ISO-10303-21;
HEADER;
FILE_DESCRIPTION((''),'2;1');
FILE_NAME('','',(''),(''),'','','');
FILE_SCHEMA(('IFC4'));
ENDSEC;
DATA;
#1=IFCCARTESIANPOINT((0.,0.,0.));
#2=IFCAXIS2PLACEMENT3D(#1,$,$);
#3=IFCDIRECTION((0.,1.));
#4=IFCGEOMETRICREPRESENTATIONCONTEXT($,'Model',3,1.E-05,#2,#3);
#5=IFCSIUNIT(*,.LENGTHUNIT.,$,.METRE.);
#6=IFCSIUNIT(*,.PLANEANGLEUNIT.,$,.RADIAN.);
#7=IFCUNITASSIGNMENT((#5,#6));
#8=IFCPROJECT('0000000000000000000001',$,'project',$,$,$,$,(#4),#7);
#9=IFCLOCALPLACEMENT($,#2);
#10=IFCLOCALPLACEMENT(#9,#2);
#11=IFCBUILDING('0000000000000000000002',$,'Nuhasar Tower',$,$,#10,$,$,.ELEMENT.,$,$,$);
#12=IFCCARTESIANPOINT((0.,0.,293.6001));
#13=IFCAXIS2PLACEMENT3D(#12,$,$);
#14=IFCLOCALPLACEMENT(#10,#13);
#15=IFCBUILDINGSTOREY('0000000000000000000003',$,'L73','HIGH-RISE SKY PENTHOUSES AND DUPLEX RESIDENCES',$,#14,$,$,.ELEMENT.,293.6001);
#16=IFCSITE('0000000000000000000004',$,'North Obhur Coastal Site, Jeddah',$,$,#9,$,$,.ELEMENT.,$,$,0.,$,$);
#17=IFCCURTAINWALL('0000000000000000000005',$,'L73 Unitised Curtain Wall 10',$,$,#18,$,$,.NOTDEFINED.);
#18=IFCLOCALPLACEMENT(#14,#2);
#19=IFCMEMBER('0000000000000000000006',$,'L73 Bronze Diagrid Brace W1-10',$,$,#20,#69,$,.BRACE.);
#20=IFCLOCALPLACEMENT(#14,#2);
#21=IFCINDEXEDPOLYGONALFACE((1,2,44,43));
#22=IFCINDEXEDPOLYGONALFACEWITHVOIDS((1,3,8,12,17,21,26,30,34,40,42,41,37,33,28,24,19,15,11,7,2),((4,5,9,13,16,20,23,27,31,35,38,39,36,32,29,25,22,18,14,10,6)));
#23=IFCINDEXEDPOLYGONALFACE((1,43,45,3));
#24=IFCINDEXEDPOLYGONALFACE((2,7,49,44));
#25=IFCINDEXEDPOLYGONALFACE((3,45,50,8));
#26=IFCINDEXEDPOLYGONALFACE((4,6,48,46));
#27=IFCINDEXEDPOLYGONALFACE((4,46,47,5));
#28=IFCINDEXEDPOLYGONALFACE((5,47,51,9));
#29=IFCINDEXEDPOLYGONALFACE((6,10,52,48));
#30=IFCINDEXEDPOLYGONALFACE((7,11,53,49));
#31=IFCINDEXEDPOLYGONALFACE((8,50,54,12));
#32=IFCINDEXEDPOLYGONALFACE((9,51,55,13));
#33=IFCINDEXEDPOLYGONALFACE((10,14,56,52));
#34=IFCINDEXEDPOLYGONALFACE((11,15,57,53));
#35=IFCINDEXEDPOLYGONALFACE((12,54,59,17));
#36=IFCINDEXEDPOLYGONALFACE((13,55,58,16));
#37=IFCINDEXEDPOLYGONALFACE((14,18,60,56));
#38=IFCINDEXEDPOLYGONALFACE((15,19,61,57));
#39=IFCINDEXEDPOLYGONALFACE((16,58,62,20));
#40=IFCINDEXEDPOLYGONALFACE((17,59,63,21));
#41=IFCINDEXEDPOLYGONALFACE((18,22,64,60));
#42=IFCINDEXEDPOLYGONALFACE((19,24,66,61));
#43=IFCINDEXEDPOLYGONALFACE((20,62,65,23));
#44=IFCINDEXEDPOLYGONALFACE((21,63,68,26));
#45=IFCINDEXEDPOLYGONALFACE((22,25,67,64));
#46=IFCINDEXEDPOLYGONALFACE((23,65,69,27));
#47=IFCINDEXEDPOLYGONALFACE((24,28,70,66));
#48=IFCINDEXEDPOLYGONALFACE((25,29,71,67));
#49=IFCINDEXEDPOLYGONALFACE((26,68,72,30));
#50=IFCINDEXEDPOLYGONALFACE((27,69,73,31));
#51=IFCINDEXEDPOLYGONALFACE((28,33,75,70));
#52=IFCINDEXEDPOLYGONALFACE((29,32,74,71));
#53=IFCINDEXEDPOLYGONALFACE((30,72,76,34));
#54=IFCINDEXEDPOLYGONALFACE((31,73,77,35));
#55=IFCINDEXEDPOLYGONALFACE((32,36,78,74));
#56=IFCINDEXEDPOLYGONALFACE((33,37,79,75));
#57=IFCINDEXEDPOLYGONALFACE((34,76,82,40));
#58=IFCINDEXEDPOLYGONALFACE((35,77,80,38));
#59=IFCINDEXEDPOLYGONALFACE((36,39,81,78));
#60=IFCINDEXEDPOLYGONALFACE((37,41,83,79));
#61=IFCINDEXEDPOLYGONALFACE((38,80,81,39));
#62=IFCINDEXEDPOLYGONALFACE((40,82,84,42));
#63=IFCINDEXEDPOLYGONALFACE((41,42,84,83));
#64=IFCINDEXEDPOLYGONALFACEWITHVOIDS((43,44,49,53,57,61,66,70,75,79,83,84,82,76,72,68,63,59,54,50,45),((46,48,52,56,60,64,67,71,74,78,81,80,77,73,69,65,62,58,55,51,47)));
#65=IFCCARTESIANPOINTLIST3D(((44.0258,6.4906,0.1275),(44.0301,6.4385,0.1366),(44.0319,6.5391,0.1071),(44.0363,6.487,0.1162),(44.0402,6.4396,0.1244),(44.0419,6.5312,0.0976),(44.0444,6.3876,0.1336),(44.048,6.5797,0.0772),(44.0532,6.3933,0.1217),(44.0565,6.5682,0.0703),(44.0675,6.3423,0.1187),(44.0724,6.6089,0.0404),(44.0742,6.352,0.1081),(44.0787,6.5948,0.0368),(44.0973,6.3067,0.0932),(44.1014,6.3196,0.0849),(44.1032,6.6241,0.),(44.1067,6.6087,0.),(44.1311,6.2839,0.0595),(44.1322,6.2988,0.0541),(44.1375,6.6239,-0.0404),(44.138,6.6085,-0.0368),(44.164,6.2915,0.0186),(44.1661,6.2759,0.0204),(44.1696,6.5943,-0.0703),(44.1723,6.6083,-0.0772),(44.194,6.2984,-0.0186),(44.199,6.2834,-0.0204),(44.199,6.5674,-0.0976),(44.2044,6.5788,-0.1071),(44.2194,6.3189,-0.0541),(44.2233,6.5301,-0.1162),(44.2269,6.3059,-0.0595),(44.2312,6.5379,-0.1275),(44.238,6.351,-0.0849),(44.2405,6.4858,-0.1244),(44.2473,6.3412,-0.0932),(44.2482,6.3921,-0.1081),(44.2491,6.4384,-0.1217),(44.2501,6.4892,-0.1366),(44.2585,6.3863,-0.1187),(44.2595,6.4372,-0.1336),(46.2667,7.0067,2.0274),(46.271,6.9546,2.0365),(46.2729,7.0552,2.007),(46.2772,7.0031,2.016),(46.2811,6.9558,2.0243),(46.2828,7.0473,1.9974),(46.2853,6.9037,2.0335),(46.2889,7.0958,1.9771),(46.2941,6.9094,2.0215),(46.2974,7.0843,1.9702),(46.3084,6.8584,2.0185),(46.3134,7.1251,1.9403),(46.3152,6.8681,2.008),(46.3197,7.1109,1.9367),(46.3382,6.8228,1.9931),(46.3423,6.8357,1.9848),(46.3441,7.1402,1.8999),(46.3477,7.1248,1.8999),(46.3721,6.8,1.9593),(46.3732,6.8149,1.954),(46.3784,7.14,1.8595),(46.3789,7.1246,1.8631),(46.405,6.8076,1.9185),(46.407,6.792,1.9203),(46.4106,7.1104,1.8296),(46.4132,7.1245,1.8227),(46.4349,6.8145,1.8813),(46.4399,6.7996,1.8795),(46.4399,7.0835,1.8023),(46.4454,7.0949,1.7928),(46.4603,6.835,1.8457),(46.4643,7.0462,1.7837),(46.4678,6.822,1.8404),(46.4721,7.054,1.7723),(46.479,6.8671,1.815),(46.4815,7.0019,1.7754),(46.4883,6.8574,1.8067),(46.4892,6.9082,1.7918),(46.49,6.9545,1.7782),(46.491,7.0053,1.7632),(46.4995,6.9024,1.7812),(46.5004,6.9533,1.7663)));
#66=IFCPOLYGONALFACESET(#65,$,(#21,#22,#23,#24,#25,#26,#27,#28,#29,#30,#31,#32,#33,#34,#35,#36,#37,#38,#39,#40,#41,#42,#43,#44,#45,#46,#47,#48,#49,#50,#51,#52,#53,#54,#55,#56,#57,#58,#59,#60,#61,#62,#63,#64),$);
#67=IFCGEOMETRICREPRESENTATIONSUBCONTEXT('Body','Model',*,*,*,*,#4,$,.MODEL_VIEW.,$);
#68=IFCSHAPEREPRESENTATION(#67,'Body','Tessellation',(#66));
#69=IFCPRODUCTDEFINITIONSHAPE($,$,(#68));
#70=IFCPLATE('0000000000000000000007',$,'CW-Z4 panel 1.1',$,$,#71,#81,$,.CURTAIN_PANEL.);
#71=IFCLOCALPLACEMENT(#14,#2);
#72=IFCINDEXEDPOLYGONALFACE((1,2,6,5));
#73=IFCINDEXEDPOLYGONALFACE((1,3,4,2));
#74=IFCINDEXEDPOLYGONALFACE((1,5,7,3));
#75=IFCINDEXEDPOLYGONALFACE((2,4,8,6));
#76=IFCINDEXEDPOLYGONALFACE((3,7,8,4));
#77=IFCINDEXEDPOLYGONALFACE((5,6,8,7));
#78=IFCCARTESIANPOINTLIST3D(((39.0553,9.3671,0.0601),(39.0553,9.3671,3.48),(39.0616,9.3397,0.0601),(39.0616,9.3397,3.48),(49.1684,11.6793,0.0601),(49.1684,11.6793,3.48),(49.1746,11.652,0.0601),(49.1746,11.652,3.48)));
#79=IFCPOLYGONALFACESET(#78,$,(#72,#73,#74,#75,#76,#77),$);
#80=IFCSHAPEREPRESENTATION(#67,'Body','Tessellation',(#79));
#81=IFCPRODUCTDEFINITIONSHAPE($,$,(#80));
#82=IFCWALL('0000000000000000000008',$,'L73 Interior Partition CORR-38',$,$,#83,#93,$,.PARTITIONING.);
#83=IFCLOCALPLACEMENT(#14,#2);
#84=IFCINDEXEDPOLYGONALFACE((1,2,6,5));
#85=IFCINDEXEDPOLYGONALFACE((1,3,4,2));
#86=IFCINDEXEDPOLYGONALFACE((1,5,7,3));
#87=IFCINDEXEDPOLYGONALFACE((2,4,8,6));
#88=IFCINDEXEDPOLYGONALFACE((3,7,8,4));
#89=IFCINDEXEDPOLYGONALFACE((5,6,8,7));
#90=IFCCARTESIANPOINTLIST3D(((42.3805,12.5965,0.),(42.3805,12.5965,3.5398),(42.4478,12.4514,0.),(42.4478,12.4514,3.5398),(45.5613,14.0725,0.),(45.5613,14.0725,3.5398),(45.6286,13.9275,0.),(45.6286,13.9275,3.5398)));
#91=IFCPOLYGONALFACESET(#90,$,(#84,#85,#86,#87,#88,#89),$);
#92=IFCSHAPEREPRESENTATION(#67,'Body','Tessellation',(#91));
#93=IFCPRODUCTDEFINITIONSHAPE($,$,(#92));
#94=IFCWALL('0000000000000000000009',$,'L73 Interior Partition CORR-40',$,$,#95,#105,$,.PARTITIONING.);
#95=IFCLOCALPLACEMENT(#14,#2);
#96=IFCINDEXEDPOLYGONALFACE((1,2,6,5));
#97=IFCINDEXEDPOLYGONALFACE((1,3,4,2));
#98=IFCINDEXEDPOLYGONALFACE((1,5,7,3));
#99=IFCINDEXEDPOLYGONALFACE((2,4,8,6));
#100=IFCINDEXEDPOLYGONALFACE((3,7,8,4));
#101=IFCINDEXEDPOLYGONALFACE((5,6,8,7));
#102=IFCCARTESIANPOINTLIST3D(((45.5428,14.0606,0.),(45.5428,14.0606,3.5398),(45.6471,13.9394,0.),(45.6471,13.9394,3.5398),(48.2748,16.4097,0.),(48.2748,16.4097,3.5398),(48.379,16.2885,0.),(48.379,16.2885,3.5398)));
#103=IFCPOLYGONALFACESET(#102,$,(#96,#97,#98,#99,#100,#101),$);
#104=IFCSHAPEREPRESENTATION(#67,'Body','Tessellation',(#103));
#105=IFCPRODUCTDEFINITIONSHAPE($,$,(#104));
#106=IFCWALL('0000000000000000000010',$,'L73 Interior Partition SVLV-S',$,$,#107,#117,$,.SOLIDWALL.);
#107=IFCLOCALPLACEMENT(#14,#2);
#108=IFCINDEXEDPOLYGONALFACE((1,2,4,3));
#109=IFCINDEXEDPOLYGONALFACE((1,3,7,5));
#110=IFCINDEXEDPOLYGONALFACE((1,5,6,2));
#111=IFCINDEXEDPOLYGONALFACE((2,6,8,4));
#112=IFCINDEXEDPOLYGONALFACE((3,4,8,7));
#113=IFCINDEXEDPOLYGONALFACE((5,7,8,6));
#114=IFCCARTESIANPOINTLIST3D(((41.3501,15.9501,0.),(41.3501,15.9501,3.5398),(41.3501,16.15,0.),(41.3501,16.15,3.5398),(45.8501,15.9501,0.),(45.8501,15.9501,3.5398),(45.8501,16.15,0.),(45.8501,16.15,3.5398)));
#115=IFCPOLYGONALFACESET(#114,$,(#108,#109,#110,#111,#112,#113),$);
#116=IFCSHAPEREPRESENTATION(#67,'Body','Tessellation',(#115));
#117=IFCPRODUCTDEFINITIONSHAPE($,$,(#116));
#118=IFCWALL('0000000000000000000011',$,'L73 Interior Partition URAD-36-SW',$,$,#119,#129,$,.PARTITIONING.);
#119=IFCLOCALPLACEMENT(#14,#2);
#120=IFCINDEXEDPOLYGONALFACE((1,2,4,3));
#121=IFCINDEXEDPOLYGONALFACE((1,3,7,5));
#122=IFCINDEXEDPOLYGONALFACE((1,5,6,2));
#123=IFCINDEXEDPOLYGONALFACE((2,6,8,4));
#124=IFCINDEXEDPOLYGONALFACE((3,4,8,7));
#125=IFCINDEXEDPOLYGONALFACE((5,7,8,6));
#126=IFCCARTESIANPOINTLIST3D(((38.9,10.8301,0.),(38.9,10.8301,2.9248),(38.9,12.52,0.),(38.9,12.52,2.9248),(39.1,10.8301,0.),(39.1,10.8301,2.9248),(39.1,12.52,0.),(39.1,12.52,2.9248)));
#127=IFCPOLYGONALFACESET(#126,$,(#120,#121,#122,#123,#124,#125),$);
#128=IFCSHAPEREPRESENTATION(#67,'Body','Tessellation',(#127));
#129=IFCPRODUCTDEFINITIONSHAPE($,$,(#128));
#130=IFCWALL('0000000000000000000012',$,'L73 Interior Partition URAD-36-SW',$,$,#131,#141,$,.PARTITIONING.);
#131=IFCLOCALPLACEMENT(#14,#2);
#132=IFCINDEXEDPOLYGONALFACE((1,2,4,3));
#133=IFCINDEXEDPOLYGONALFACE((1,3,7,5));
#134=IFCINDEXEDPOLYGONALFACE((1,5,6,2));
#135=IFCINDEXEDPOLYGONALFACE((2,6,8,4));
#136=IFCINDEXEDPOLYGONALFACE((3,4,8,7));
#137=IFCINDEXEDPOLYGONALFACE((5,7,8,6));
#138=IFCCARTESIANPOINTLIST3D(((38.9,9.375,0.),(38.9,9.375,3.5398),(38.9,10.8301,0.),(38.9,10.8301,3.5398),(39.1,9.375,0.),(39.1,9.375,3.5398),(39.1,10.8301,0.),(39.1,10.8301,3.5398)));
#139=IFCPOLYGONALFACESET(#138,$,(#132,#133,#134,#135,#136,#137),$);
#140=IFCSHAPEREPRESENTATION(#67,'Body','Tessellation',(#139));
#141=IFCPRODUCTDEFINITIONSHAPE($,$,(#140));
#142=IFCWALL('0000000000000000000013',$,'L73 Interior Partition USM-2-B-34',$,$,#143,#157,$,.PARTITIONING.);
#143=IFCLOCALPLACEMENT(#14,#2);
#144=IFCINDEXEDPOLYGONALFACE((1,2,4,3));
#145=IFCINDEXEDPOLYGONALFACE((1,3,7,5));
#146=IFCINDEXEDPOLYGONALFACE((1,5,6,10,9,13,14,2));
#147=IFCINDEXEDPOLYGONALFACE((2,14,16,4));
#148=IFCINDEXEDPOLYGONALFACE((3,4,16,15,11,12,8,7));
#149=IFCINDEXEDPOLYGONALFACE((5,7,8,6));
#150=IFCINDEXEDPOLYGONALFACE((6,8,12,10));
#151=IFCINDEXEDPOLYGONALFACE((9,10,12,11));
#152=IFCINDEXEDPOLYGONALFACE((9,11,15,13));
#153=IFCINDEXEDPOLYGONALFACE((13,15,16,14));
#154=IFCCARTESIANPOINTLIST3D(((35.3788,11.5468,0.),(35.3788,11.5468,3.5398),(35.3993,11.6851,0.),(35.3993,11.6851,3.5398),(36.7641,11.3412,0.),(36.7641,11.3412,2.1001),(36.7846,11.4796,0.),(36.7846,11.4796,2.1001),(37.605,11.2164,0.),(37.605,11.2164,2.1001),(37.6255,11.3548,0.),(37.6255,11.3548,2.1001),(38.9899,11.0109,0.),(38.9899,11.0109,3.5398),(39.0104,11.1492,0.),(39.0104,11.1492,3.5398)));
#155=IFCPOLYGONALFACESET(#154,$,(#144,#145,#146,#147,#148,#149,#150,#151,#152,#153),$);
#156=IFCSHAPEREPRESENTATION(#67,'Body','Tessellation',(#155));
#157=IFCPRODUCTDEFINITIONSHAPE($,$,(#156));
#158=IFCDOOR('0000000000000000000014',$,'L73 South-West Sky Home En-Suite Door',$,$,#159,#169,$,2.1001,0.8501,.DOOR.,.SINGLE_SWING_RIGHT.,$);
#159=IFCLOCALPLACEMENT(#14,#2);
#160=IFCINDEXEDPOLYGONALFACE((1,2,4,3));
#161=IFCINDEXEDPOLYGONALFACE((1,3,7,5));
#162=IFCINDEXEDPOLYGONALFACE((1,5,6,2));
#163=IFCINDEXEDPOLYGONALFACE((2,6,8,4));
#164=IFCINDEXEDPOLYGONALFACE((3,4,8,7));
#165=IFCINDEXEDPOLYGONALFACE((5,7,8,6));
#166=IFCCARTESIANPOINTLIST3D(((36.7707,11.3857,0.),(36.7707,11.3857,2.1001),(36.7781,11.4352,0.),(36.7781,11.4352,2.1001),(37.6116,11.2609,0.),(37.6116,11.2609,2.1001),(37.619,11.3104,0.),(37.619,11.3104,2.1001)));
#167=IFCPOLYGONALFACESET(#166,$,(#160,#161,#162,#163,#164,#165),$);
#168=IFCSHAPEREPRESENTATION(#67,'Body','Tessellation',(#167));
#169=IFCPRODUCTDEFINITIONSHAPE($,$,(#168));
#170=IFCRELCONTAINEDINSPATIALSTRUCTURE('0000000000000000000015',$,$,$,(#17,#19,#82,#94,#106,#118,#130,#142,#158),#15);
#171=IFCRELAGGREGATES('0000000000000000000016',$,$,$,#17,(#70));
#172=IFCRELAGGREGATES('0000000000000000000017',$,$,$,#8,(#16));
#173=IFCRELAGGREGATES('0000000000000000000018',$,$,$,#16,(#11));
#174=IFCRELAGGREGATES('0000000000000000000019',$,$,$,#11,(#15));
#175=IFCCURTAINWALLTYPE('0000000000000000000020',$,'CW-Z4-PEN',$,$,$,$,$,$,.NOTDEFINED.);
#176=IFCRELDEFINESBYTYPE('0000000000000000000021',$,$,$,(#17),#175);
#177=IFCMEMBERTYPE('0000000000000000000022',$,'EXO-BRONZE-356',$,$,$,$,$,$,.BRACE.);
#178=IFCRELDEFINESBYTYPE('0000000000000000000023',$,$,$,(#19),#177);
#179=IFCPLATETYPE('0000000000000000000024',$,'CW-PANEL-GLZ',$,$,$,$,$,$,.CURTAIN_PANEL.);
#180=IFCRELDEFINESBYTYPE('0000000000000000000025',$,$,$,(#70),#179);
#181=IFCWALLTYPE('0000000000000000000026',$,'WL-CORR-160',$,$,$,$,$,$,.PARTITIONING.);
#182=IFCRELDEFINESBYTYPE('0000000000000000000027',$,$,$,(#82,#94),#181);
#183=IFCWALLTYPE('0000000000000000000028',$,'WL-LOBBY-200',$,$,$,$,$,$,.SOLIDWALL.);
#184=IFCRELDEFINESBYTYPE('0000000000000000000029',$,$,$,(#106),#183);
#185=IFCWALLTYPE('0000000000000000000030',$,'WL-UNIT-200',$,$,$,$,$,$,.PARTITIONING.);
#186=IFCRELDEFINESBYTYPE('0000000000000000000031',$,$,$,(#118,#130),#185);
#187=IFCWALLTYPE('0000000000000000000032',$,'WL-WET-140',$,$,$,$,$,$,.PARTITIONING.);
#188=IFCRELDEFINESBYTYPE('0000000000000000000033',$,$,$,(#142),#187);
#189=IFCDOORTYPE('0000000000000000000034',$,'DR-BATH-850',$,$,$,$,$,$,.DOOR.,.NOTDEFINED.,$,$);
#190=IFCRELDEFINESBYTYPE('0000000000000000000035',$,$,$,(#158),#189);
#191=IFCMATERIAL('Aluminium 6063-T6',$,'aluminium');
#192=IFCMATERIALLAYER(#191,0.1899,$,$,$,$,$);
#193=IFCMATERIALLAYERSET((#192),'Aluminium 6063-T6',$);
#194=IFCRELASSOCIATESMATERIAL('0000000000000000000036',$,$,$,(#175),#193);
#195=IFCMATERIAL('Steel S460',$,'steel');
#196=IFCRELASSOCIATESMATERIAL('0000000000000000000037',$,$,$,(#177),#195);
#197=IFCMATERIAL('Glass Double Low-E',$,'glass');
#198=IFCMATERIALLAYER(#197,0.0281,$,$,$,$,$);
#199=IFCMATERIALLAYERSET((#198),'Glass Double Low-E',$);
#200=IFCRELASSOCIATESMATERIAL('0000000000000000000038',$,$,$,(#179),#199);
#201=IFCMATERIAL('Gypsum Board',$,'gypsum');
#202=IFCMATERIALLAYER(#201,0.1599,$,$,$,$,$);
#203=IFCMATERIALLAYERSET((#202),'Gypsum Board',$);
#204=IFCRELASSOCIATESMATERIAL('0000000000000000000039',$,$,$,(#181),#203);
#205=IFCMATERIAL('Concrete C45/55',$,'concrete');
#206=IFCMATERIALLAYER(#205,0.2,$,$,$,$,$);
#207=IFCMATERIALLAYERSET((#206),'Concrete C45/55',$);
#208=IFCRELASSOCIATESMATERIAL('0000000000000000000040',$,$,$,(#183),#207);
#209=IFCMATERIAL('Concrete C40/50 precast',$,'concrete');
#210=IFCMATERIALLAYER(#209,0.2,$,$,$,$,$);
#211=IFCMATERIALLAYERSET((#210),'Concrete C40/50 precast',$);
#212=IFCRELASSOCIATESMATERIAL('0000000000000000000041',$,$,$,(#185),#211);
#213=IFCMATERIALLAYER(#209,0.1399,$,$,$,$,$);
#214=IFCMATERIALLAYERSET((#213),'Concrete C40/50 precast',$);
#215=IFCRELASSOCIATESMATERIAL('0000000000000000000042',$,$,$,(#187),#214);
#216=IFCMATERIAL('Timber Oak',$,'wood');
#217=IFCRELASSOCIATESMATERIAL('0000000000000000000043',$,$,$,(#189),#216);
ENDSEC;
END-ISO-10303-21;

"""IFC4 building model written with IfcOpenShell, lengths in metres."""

from ifc_helpers import new_model, si_unit, direction, frame, frame_2d, origin, origin_2d, place, context, subcontext, project, spatial, rectangle, hollow_circle, extrude, material, layer, layer_set, material_profile, profile_set, type_object, element, fill, aggregate, save


model = new_model("IFC4")

# Units and contexts
model_context = context("Model", 3, precision=1e-05, world=origin(), true_north=direction((0.0, 1.0)))
body_context = subcontext(model_context, "Body", "Model", "MODEL_VIEW")
ifc_project = project(units=[si_unit("LENGTHUNIT", "METRE"), si_unit("PLANEANGLEUNIT", "RADIAN")], contexts=[model_context])

# Site, building, storey
site_placement = place(None, origin())
site = spatial("IfcSite", under=ifc_project, at=site_placement, Name="North Obhur Coastal Site, Jeddah", CompositionType="ELEMENT", RefElevation=0.0)
building_placement = place(site_placement, origin())
building = spatial("IfcBuilding", under=site, at=building_placement, Name="Nuhasar Tower", CompositionType="ELEMENT")
storey_placement = place(building_placement, frame((0.0, 0.0, 293.6001)))
storey = spatial("IfcBuildingStorey", under=building, at=storey_placement, Name="L73", Description="HIGH-RISE SKY PENTHOUSES AND DUPLEX RESIDENCES", CompositionType="ELEMENT", Elevation=293.6001)

# Curtain wall
ifc_material_1 = material(Name="Aluminium 6063-T6", Category="aluminium")
ifc_layer_1 = layer(ifc_material_1, 0.1899)
ifc_layer_set_1 = layer_set([ifc_layer_1], Name="Aluminium 6063-T6")
curtain_wall_type = type_object("IfcCurtainWallType", Name="CW-Z4-PEN", PredefinedType="NOTDEFINED", material=ifc_layer_set_1)
curtain_wall_placement = place(storey_placement, origin())
curtain_wall = element("IfcCurtainWall", 1, at=curtain_wall_placement, inside=storey, type_object=curtain_wall_type, Name="L73 Unitised Curtain Wall 10", PredefinedType="NOTDEFINED")

# Member
ifc_material_2 = material(Name="Steel S460", Category="steel")
ifc_material_profile_1 = material_profile(ifc_material_2, hollow_circle(Radius=0.1777, WallThickness=0.0159, at=origin_2d()), Name="HSS355.6X15.9")
ifc_profile_set_1 = profile_set([ifc_material_profile_1], Name="Steel S460")
member_type_1 = type_object("IfcMemberType", Name="EXO-BRONZE-356", PredefinedType="BRACE", material=ifc_profile_set_1)
member_1_placement = place(storey_placement, frame((44.1431, 6.4509, 0.0), z_axis=(0.751261, 0.173022, 0.636923), x_axis=(-0.224433, 0.97449, 0.0)))
element("IfcMember", 2, at=member_1_placement, inside=storey, type_object=member_type_1, Name="L73 Bronze Diagrid Brace W1-10", PredefinedType="BRACE", context=body_context, shape_type="SweptSolid", body=[
    extrude(hollow_circle(Radius=0.1777, WallThickness=0.0159, at=origin_2d()), origin(), (0.0, 0.0, 1.0), 2.9829),
])

# Plate
ifc_material_3 = material(Name="Glass Double Low-E", Category="glass")
ifc_layer_2 = layer(ifc_material_3, 0.0281)
ifc_layer_set_2 = layer_set([ifc_layer_2], Name="Glass Double Low-E")
plate_type = type_object("IfcPlateType", Name="CW-PANEL-GLZ", PredefinedType="CURTAIN_PANEL", material=ifc_layer_set_2)
plate_placement = place(storey_placement, frame((44.115, 10.5095, 0.0601), z_axis=(0.0, 0.0, 1.0), x_axis=(0.974844, 0.222889, 0.0)))
plate = element("IfcPlate", 3, at=plate_placement, type_object=plate_type, Name="CW-Z4 panel 1.1", PredefinedType="CURTAIN_PANEL", context=body_context, shape_type="SweptSolid", body=[
    extrude(rectangle(XDim=10.374, YDim=0.0281, at=origin_2d()), origin(), (0.0, 0.0, 1.0), 3.4199),
])
aggregate(curtain_wall, [plate])

# Shared definitions
ifc_material_4 = material(Name="Gypsum Board", Category="gypsum")
ifc_layer_3 = layer(ifc_material_4, 0.1599)
ifc_layer_set_3 = layer_set([ifc_layer_3], Name="Gypsum Board")
wall_type_1 = type_object("IfcWallType", Name="WL-CORR-160", PredefinedType="PARTITIONING", material=ifc_layer_set_3)
ifc_material_5 = material(Name="Timber Oak", Category="wood")

# Walls
wall_1_placement = place(storey_placement, frame((42.4141, 12.5239, 0.0), z_axis=(0.0, 0.0, 1.0), x_axis=(0.907093, 0.420929, 0.0)))
element("IfcWall", 4, at=wall_1_placement, inside=storey, type_object=wall_type_1, Name="L73 Interior Partition CORR-38", PredefinedType="PARTITIONING", context=body_context, shape_type="SweptSolid", body=[
    extrude(rectangle(XDim=3.5066, YDim=0.1599, at=frame_2d((1.7534, 0.0))), origin(), (0.0, 0.0, 1.0), 3.5398),
])
wall_2_placement = place(storey_placement, frame((45.595, 14.0, 0.0), z_axis=(0.0, 0.0, 1.0), x_axis=(0.758232, 0.651985, 0.0)))
element("IfcWall", 5, at=wall_2_placement, inside=storey, type_object=wall_type_1, Name="L73 Interior Partition CORR-40", PredefinedType="PARTITIONING", context=body_context, shape_type="SweptSolid", body=[
    extrude(rectangle(XDim=3.603, YDim=0.1599, at=frame_2d((1.8015, 0.0))), origin(), (0.0, 0.0, 1.0), 3.5398),
])

# Shared definitions
ifc_material_6 = material(Name="Concrete C45/55", Category="concrete")
ifc_layer_4 = layer(ifc_material_6, 0.2)
ifc_layer_set_4 = layer_set([ifc_layer_4], Name="Concrete C45/55")
wall_type_2 = type_object("IfcWallType", Name="WL-LOBBY-200", PredefinedType="SOLIDWALL", material=ifc_layer_set_4)

# Walls
wall_3_placement = place(storey_placement, frame((41.3501, 16.05, 0.0), z_axis=(0.0, 0.0, 1.0), x_axis=(1.0, 0.0, 0.0)))
element("IfcWall", 6, at=wall_3_placement, inside=storey, type_object=wall_type_2, Name="L73 Interior Partition SVLV-S", PredefinedType="SOLIDWALL", context=body_context, shape_type="SweptSolid", body=[
    extrude(rectangle(XDim=4.5, YDim=0.2, at=frame_2d((2.25, 0.0))), origin(), (0.0, 0.0, 1.0), 3.5398),
])
ifc_material_7 = material(Name="Concrete C40/50 precast", Category="concrete")
ifc_layer_5 = layer(ifc_material_7, 0.2)
ifc_layer_set_5 = layer_set([ifc_layer_5], Name="Concrete C40/50 precast")
wall_type_3 = type_object("IfcWallType", Name="WL-UNIT-200", PredefinedType="PARTITIONING", material=ifc_layer_set_5)
wall_4_placement = place(storey_placement, frame((39.0, 12.52, 0.0), z_axis=(0.0, 0.0, 1.0), x_axis=(0.0, -1.0, 0.0)))
element("IfcWall", 7, at=wall_4_placement, inside=storey, type_object=wall_type_3, Name="L73 Interior Partition URAD-36-SW", PredefinedType="PARTITIONING", context=body_context, shape_type="SweptSolid", body=[
    extrude(rectangle(XDim=1.6899, YDim=0.2, at=frame_2d((0.845, 0.0))), origin(), (0.0, 0.0, 1.0), 2.9248),
])
wall_5_placement = place(storey_placement, frame((39.0, 10.8301, 0.0), z_axis=(0.0, 0.0, 1.0), x_axis=(0.0, -1.0, 0.0)))
element("IfcWall", 8, at=wall_5_placement, inside=storey, type_object=wall_type_3, Name="L73 Interior Partition URAD-36-SW", PredefinedType="PARTITIONING", context=body_context, shape_type="SweptSolid", body=[
    extrude(rectangle(XDim=1.4551, YDim=0.2, at=frame_2d((0.7275, 0.0))), origin(), (0.0, 0.0, 1.0), 3.5398),
])

# Wall, opening, door
ifc_layer_6 = layer(ifc_material_7, 0.1399)
ifc_layer_set_6 = layer_set([ifc_layer_6], Name="Concrete C40/50 precast")
wall_type_4 = type_object("IfcWallType", Name="WL-WET-140", PredefinedType="PARTITIONING", material=ifc_layer_set_6)
wall_6_placement = place(storey_placement, frame((39.0, 11.0801, 0.0), z_axis=(0.0, 0.0, 1.0), x_axis=(-0.989167, 0.146793, 0.0)))
wall_6 = element("IfcWall", 9, at=wall_6_placement, inside=storey, type_object=wall_type_4, Name="L73 Interior Partition USM-2-B-34", PredefinedType="PARTITIONING", context=body_context, shape_type="SweptSolid", body=[
    extrude(rectangle(XDim=3.6506, YDim=0.1399, at=frame_2d((1.8252, 0.0))), origin(), (0.0, 0.0, 1.0), 3.5398),
])
opening_1_placement = place(wall_6_placement, frame((1.3999, 0.0, 0.0)))
opening_1 = element("IfcOpeningElement", 10, at=opening_1_placement, cuts=wall_6, PredefinedType="OPENING", context=body_context, shape_type="SweptSolid", body=[
    extrude(rectangle(XDim=0.8501, YDim=2.1001, at=frame_2d((0.425, 1.05))), frame((0.0, 0.0801, 0.0), z_axis=(0.0, -1.0, 0.0), x_axis=(1.0, 0.0, 0.0)), (0.0, 0.0, 1.0), 0.1599),
])
door_type_1 = type_object("IfcDoorType", Name="DR-BATH-850", OperationType="NOTDEFINED", PredefinedType="DOOR", material=ifc_material_5)
door_1_placement = place(opening_1_placement, origin())
door_1 = element("IfcDoor", 11, at=door_1_placement, inside=storey, type_object=door_type_1, Name="L73 South-West Sky Home En-Suite Door", OperationType="SINGLE_SWING_RIGHT", OverallHeight=2.1001, OverallWidth=0.8501, PredefinedType="DOOR", context=body_context, shape_type="SweptSolid", body=[
    extrude(rectangle(XDim=0.8501, YDim=2.1001, at=frame_2d((0.425, 1.05))), frame((0.0, 0.0249, 0.0), z_axis=(0.0, -1.0, 0.0), x_axis=(1.0, 0.0, 0.0)), (0.0, 0.0, 1.0), 0.05),
])
fill(opening_1, door_1)

save(model, "model.ifc")
